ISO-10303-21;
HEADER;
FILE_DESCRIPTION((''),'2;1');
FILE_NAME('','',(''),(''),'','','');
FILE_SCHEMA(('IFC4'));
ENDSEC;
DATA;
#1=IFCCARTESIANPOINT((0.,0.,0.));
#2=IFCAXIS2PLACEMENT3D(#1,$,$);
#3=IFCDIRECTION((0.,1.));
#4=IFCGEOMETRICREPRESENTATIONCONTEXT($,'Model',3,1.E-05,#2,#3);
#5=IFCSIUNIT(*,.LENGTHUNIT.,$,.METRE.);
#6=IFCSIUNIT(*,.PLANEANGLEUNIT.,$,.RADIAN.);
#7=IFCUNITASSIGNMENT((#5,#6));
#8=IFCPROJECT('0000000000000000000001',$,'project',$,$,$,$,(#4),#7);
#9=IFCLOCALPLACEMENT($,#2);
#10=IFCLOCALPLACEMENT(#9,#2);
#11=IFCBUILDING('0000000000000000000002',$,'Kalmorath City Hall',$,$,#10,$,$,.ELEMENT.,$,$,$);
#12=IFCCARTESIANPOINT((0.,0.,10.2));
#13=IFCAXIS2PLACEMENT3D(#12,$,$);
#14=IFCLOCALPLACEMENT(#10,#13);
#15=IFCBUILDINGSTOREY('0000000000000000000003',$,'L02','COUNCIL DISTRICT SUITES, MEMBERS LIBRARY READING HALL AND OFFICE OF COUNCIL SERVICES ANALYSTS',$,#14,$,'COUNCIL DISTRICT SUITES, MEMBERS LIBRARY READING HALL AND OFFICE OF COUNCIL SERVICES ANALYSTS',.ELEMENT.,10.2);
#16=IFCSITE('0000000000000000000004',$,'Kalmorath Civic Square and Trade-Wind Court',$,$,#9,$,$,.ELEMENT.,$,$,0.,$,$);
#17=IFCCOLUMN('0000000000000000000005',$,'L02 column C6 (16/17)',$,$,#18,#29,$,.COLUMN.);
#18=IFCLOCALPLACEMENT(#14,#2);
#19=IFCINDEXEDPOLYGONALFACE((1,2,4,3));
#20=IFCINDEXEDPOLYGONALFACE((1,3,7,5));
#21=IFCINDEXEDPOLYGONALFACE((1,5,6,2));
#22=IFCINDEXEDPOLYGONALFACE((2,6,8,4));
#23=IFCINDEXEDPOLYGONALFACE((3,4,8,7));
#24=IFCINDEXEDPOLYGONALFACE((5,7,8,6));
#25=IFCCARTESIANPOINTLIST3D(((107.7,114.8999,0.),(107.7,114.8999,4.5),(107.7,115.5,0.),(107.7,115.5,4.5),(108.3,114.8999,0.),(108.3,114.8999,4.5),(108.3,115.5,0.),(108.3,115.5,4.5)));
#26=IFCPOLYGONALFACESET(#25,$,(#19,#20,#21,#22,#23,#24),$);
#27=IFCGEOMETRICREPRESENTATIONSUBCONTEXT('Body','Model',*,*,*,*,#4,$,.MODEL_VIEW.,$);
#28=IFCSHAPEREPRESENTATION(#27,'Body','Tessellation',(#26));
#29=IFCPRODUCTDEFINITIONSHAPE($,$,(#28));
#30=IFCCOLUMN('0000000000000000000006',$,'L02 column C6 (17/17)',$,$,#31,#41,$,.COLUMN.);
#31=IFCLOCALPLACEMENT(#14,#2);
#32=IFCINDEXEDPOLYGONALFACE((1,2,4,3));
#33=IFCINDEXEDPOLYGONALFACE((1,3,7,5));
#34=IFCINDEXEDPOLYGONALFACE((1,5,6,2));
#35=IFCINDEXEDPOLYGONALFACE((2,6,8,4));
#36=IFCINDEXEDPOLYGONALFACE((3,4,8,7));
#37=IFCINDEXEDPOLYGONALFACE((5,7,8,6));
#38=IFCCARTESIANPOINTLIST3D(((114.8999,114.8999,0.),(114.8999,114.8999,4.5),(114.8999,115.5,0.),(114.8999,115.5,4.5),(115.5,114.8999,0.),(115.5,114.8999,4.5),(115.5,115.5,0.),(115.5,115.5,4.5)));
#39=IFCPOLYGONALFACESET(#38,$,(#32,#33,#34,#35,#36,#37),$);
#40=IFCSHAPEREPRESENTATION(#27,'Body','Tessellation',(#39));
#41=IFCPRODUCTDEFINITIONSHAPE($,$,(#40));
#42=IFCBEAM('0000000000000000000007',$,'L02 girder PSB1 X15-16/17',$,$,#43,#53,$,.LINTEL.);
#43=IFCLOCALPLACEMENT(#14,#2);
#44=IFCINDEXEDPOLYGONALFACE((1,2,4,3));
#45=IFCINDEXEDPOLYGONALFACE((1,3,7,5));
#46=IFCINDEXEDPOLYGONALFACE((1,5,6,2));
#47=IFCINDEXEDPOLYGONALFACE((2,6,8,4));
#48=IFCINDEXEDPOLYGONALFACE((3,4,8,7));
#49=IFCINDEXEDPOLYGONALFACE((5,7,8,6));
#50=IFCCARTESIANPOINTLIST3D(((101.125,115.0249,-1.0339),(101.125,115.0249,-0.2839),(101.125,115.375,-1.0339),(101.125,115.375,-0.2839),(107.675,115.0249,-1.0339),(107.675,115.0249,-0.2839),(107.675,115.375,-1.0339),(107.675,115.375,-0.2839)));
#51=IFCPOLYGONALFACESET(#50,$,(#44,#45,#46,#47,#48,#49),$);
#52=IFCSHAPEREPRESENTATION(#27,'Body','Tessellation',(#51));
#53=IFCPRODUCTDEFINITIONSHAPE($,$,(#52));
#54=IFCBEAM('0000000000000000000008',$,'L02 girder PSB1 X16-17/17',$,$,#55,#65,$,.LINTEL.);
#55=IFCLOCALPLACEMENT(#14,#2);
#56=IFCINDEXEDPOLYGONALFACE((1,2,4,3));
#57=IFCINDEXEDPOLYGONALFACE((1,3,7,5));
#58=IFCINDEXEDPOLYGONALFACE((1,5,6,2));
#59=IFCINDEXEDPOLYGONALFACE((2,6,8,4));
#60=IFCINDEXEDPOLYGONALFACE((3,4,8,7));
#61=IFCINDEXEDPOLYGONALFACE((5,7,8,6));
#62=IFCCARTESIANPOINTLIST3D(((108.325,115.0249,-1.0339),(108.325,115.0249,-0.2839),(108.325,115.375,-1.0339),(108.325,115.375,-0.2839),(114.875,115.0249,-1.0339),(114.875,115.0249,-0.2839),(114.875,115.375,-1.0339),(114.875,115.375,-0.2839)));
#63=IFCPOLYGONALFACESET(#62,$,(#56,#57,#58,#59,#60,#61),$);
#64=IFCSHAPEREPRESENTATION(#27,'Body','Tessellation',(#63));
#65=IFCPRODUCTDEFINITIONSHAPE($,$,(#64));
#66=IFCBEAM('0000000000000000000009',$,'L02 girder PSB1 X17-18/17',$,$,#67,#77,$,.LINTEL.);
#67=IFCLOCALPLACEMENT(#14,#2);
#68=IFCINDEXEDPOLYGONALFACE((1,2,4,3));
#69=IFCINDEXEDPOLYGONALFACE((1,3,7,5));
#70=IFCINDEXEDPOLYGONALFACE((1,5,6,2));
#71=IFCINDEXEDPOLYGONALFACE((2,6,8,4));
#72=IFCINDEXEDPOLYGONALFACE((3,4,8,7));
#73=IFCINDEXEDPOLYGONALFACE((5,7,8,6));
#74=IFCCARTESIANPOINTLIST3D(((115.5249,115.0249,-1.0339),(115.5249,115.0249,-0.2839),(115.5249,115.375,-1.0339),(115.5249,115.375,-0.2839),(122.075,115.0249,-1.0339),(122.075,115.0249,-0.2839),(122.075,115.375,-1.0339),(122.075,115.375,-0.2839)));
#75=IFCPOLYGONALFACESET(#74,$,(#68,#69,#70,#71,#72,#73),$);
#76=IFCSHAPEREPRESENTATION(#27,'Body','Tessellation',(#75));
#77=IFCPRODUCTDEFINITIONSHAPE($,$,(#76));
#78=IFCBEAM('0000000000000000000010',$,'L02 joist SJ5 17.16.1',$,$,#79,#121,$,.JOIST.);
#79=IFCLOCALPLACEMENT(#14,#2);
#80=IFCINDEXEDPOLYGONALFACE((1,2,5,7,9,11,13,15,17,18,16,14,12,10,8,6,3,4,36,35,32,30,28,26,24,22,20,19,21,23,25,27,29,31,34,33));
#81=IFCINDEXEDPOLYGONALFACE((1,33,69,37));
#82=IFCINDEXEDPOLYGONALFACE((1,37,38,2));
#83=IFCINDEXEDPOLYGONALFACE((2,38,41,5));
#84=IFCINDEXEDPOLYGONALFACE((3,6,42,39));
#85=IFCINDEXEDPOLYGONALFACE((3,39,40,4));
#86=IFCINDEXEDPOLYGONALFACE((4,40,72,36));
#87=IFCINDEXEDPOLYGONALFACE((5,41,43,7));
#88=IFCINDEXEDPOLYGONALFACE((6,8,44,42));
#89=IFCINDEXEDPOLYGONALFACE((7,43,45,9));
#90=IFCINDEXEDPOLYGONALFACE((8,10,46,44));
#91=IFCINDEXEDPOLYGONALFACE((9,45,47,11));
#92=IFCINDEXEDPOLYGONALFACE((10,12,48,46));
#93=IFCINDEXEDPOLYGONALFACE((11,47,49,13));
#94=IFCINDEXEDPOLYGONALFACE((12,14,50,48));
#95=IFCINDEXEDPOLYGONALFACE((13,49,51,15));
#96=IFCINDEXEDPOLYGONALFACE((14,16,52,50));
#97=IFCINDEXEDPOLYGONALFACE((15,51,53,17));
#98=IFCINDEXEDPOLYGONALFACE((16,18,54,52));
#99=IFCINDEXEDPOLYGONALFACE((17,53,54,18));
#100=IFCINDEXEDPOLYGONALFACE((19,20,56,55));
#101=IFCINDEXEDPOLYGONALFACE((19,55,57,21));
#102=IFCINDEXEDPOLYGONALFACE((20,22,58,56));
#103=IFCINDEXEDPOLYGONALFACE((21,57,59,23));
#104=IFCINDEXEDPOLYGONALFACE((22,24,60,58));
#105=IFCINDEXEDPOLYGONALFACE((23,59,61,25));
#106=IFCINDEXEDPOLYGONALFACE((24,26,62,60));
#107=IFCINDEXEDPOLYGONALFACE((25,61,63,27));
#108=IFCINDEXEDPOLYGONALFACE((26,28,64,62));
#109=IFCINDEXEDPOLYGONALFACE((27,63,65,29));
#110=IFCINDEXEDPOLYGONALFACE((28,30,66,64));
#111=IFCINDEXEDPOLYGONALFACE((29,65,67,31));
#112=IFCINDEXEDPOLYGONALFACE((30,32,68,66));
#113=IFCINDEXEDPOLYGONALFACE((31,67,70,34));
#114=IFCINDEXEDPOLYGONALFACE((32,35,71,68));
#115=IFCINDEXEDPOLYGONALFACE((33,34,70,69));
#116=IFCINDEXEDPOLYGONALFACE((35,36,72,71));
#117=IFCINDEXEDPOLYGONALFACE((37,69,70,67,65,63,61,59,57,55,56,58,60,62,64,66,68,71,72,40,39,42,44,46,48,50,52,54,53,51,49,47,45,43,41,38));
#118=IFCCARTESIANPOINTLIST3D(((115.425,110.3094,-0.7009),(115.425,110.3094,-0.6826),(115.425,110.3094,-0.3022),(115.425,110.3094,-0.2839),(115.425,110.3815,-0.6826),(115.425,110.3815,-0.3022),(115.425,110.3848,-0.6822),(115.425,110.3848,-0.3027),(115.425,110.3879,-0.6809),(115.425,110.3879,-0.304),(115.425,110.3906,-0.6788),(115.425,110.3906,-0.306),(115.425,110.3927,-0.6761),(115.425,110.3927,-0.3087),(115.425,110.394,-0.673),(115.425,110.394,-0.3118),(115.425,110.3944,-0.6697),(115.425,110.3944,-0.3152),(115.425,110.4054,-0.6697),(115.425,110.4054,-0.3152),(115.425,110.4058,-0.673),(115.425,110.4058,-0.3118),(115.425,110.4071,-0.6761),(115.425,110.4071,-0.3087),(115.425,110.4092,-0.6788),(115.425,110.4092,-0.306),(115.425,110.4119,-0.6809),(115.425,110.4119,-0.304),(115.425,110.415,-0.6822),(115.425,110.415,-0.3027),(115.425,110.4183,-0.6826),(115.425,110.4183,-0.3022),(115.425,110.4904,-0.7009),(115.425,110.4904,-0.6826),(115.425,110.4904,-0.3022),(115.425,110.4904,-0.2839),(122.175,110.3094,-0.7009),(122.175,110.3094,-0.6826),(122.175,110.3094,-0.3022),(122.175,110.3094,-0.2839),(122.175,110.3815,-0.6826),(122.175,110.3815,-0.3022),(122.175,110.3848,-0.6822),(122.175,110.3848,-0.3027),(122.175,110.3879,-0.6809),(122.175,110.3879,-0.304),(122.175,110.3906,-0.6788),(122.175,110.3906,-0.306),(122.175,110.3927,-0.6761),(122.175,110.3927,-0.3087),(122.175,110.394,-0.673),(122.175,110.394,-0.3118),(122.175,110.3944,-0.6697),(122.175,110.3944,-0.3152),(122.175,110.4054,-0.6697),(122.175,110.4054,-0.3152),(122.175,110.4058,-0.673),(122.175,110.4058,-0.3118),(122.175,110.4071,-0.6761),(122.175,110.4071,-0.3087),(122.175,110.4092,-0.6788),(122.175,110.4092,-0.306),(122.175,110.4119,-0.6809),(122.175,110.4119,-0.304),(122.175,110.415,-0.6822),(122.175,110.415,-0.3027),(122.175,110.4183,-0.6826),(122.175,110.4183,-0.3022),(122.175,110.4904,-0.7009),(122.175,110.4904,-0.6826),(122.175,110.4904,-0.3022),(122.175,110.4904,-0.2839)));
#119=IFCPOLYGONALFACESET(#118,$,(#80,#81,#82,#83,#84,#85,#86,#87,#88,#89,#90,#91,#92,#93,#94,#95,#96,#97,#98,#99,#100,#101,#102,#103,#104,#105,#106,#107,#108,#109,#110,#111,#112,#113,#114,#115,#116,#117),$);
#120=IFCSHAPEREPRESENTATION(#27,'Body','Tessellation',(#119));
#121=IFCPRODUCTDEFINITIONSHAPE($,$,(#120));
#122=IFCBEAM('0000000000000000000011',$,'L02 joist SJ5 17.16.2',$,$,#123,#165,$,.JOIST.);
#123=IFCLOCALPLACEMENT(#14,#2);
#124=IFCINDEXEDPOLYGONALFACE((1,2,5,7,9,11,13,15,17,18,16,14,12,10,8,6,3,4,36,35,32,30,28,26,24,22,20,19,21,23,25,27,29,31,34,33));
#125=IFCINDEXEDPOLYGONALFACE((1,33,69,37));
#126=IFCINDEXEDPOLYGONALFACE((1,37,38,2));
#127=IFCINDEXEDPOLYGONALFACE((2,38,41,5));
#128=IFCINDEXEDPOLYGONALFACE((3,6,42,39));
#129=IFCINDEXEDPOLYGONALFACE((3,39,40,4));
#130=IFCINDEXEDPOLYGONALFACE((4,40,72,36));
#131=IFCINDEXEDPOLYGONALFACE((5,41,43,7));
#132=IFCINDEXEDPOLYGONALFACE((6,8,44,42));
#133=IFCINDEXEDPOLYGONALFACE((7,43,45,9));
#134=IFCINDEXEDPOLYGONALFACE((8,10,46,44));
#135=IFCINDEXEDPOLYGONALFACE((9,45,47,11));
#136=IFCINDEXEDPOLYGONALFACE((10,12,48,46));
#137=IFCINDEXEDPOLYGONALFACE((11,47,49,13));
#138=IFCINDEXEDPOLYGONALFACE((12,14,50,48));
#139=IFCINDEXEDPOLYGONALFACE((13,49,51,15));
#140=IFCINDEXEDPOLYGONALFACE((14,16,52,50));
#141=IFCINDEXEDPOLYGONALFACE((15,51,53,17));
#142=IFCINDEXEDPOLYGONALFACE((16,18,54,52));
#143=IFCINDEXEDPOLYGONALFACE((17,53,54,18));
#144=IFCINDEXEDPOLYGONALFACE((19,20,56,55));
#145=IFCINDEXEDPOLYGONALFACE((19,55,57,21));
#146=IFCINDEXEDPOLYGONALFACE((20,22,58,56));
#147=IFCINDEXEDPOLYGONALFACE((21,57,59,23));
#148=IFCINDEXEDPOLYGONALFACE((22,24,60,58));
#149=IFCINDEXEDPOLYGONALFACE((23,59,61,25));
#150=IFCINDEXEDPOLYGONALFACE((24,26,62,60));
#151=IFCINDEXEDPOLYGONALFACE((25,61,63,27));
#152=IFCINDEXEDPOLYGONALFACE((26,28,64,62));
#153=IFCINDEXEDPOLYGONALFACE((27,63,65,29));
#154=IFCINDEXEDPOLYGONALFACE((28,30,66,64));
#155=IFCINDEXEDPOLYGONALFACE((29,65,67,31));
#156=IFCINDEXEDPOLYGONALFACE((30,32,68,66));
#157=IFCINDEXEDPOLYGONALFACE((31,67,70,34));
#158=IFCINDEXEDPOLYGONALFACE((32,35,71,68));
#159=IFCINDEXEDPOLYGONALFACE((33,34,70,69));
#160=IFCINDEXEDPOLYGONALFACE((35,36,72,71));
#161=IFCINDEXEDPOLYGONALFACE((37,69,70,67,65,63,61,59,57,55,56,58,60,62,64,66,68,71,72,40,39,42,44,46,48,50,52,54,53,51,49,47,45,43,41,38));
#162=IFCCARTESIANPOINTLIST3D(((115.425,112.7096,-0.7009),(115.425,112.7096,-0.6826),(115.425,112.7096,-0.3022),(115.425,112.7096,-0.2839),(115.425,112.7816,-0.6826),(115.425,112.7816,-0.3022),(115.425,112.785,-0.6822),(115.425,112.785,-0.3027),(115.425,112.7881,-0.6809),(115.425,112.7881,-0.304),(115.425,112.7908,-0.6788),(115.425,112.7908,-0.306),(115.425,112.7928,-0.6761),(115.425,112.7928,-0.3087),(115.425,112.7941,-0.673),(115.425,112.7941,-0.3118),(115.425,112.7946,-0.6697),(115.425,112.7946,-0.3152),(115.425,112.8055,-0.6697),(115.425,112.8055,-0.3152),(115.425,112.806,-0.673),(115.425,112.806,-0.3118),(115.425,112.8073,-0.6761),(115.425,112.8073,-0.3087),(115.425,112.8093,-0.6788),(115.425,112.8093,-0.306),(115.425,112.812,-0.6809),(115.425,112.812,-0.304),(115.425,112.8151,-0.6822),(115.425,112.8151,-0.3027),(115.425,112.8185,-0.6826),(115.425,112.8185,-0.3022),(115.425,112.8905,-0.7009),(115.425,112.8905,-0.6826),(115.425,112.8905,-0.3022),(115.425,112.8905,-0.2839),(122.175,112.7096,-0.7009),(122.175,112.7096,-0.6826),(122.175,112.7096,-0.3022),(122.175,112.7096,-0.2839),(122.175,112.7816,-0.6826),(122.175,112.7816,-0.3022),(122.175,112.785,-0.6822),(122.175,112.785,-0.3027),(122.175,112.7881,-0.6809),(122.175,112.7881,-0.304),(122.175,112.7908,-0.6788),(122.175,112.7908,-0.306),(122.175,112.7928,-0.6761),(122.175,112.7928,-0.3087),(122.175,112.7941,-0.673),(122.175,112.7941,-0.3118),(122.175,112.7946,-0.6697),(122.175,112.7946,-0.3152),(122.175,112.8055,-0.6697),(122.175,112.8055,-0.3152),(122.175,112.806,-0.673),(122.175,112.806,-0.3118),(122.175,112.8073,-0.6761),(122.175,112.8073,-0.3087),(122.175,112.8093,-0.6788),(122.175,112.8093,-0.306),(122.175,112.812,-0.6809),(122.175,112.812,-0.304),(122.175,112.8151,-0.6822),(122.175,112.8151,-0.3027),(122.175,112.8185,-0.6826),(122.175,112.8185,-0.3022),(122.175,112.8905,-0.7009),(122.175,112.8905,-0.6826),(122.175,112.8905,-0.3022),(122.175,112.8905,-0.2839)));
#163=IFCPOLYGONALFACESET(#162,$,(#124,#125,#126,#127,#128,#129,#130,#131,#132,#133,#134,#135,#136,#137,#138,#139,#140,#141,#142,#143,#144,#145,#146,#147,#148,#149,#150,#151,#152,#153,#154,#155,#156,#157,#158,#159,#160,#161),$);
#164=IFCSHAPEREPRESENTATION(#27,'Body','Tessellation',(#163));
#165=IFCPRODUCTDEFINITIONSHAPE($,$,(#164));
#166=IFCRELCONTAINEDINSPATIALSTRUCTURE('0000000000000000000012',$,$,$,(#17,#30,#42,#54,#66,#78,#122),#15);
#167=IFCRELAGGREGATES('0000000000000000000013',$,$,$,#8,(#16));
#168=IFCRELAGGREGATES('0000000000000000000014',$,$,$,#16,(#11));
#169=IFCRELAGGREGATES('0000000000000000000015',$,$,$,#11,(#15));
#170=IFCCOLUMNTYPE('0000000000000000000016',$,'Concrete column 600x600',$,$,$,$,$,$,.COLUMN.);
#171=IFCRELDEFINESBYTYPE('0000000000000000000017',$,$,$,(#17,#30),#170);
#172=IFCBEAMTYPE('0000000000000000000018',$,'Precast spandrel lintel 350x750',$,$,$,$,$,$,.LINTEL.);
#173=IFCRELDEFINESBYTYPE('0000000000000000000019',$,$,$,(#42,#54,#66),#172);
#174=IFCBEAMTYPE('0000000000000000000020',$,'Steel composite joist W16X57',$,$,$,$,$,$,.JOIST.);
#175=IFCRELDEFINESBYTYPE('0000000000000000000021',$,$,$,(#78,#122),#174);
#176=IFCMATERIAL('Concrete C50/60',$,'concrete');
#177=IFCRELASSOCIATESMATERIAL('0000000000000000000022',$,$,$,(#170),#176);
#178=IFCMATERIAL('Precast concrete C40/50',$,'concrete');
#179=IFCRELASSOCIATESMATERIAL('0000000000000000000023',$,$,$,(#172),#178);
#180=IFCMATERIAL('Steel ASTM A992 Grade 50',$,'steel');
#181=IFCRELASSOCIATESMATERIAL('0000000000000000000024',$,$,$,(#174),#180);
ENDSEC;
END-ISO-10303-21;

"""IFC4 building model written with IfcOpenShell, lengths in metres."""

from ifc_helpers import new_model, si_unit, direction, frame, origin, origin_2d, place, context, subcontext, project, spatial, rectangle, i_section, extrude, material, material_profile, profile_set, type_object, element, save


model = new_model("IFC4")

# Units and contexts
model_context = context("Model", 3, precision=1e-05, world=origin(), true_north=direction((0.0, 1.0)))
body_context = subcontext(model_context, "Body", "Model", "MODEL_VIEW")
ifc_project = project(units=[si_unit("LENGTHUNIT", "METRE"), si_unit("PLANEANGLEUNIT", "RADIAN")], contexts=[model_context])

# Site, building, storey
site_placement = place(None, origin())
site = spatial("IfcSite", under=ifc_project, at=site_placement, Name="Kalmorath Civic Square and Trade-Wind Court", CompositionType="ELEMENT", RefElevation=0.0)
building_placement = place(site_placement, origin())
building = spatial("IfcBuilding", under=site, at=building_placement, Name="Kalmorath City Hall", CompositionType="ELEMENT")
storey_placement = place(building_placement, frame((0.0, 0.0, 10.2)))
storey = spatial("IfcBuildingStorey", under=building, at=storey_placement, Name="L02", Description="COUNCIL DISTRICT SUITES, MEMBERS LIBRARY READING HALL AND OFFICE OF COUNCIL SERVICES ANALYSTS", LongName="COUNCIL DISTRICT SUITES, MEMBERS LIBRARY READING HALL AND OFFICE OF COUNCIL SERVICES ANALYSTS", CompositionType="ELEMENT", Elevation=10.2)

# Columns
ifc_material_1 = material(Name="Concrete C50/60", Category="concrete")
ifc_material_profile_1 = material_profile(ifc_material_1, rectangle(XDim=0.6001, YDim=0.6001, at=origin_2d()), Name="RC-COL-600X600")
ifc_profile_set_1 = profile_set([ifc_material_profile_1], Name="Concrete C50/60")
column_type = type_object("IfcColumnType", Name="Concrete column 600x600", PredefinedType="COLUMN", material=ifc_profile_set_1)
for number, where, z_axis, x_axis, name in (
    (1, (108.0, 115.2, 0.0), (0.0, 0.0, 1.0), (1.0, 0.0, 0.0), "L02 column C6 (16/17)"),
    (2, (115.2, 115.2, 0.0), (0.0, 0.0, 1.0), (1.0, 0.0, 0.0), "L02 column C6 (17/17)"),
):
    element("IfcColumn", number, at=place(storey_placement, frame(where, z_axis=z_axis, x_axis=x_axis)), inside=storey, type_object=column_type, Name=name, PredefinedType="COLUMN", context=body_context, shape_type="SweptSolid", body=[
        extrude(rectangle(XDim=0.6001, YDim=0.6001, at=origin_2d()), origin(), (0.0, 0.0, 1.0), 4.5),
    ])

# Beams
ifc_material_2 = material(Name="Precast concrete C40/50", Category="concrete")
ifc_material_profile_2 = material_profile(ifc_material_2, rectangle(XDim=0.3501, YDim=0.75, at=origin_2d()), Name="PC-SP-350X750")
ifc_profile_set_2 = profile_set([ifc_material_profile_2], Name="Precast concrete C40/50")
beam_type_1 = type_object("IfcBeamType", Name="Precast spandrel lintel 350x750", PredefinedType="LINTEL", material=ifc_profile_set_2)
for number, where, z_axis, x_axis, name in (
    (3, (101.125, 115.2, -0.6589), (1.0, 0.0, 0.0), (0.0, 1.0, 0.0), "L02 girder PSB1 X15-16/17"),
    (4, (108.325, 115.2, -0.6589), (1.0, 0.0, 0.0), (0.0, 1.0, 0.0), "L02 girder PSB1 X16-17/17"),
    (5, (115.5249, 115.2, -0.6589), (1.0, 0.0, 0.0), (0.0, 1.0, 0.0), "L02 girder PSB1 X17-18/17"),
):
    element("IfcBeam", number, at=place(storey_placement, frame(where, z_axis=z_axis, x_axis=x_axis)), inside=storey, type_object=beam_type_1, Name=name, PredefinedType="LINTEL", context=body_context, shape_type="SweptSolid", body=[
        extrude(rectangle(XDim=0.3501, YDim=0.75, at=origin_2d()), origin(), (0.0, 0.0, 1.0), 6.55),
    ])
ifc_material_3 = material(Name="Steel ASTM A992 Grade 50", Category="steel")
ifc_material_profile_3 = material_profile(ifc_material_3, i_section(OverallWidth=0.1809, OverallDepth=0.417, WebThickness=0.011, FlangeThickness=0.0183, FilletRadius=0.0129, at=origin_2d()), Name="W16X57")
ifc_profile_set_3 = profile_set([ifc_material_profile_3], Name="Steel ASTM A992 Grade 50")
beam_type_2 = type_object("IfcBeamType", Name="Steel composite joist W16X57", PredefinedType="JOIST", material=ifc_profile_set_3)
for number, where, z_axis, x_axis, name in (
    (6, (115.425, 110.3999, -0.4924), (1.0, 0.0, 0.0), (0.0, 1.0, 0.0), "L02 joist SJ5 17.16.1"),
    (7, (115.425, 112.8, -0.4924), (1.0, 0.0, 0.0), (0.0, 1.0, 0.0), "L02 joist SJ5 17.16.2"),
):
    element("IfcBeam", number, at=place(storey_placement, frame(where, z_axis=z_axis, x_axis=x_axis)), inside=storey, type_object=beam_type_2, Name=name, PredefinedType="JOIST", context=body_context, shape_type="SweptSolid", body=[
        extrude(i_section(OverallWidth=0.1809, OverallDepth=0.417, WebThickness=0.011, FlangeThickness=0.0183, FilletRadius=0.0129, at=origin_2d()), origin(), (0.0, 0.0, 1.0), 6.75),
    ])

save(model, "model.ifc")
